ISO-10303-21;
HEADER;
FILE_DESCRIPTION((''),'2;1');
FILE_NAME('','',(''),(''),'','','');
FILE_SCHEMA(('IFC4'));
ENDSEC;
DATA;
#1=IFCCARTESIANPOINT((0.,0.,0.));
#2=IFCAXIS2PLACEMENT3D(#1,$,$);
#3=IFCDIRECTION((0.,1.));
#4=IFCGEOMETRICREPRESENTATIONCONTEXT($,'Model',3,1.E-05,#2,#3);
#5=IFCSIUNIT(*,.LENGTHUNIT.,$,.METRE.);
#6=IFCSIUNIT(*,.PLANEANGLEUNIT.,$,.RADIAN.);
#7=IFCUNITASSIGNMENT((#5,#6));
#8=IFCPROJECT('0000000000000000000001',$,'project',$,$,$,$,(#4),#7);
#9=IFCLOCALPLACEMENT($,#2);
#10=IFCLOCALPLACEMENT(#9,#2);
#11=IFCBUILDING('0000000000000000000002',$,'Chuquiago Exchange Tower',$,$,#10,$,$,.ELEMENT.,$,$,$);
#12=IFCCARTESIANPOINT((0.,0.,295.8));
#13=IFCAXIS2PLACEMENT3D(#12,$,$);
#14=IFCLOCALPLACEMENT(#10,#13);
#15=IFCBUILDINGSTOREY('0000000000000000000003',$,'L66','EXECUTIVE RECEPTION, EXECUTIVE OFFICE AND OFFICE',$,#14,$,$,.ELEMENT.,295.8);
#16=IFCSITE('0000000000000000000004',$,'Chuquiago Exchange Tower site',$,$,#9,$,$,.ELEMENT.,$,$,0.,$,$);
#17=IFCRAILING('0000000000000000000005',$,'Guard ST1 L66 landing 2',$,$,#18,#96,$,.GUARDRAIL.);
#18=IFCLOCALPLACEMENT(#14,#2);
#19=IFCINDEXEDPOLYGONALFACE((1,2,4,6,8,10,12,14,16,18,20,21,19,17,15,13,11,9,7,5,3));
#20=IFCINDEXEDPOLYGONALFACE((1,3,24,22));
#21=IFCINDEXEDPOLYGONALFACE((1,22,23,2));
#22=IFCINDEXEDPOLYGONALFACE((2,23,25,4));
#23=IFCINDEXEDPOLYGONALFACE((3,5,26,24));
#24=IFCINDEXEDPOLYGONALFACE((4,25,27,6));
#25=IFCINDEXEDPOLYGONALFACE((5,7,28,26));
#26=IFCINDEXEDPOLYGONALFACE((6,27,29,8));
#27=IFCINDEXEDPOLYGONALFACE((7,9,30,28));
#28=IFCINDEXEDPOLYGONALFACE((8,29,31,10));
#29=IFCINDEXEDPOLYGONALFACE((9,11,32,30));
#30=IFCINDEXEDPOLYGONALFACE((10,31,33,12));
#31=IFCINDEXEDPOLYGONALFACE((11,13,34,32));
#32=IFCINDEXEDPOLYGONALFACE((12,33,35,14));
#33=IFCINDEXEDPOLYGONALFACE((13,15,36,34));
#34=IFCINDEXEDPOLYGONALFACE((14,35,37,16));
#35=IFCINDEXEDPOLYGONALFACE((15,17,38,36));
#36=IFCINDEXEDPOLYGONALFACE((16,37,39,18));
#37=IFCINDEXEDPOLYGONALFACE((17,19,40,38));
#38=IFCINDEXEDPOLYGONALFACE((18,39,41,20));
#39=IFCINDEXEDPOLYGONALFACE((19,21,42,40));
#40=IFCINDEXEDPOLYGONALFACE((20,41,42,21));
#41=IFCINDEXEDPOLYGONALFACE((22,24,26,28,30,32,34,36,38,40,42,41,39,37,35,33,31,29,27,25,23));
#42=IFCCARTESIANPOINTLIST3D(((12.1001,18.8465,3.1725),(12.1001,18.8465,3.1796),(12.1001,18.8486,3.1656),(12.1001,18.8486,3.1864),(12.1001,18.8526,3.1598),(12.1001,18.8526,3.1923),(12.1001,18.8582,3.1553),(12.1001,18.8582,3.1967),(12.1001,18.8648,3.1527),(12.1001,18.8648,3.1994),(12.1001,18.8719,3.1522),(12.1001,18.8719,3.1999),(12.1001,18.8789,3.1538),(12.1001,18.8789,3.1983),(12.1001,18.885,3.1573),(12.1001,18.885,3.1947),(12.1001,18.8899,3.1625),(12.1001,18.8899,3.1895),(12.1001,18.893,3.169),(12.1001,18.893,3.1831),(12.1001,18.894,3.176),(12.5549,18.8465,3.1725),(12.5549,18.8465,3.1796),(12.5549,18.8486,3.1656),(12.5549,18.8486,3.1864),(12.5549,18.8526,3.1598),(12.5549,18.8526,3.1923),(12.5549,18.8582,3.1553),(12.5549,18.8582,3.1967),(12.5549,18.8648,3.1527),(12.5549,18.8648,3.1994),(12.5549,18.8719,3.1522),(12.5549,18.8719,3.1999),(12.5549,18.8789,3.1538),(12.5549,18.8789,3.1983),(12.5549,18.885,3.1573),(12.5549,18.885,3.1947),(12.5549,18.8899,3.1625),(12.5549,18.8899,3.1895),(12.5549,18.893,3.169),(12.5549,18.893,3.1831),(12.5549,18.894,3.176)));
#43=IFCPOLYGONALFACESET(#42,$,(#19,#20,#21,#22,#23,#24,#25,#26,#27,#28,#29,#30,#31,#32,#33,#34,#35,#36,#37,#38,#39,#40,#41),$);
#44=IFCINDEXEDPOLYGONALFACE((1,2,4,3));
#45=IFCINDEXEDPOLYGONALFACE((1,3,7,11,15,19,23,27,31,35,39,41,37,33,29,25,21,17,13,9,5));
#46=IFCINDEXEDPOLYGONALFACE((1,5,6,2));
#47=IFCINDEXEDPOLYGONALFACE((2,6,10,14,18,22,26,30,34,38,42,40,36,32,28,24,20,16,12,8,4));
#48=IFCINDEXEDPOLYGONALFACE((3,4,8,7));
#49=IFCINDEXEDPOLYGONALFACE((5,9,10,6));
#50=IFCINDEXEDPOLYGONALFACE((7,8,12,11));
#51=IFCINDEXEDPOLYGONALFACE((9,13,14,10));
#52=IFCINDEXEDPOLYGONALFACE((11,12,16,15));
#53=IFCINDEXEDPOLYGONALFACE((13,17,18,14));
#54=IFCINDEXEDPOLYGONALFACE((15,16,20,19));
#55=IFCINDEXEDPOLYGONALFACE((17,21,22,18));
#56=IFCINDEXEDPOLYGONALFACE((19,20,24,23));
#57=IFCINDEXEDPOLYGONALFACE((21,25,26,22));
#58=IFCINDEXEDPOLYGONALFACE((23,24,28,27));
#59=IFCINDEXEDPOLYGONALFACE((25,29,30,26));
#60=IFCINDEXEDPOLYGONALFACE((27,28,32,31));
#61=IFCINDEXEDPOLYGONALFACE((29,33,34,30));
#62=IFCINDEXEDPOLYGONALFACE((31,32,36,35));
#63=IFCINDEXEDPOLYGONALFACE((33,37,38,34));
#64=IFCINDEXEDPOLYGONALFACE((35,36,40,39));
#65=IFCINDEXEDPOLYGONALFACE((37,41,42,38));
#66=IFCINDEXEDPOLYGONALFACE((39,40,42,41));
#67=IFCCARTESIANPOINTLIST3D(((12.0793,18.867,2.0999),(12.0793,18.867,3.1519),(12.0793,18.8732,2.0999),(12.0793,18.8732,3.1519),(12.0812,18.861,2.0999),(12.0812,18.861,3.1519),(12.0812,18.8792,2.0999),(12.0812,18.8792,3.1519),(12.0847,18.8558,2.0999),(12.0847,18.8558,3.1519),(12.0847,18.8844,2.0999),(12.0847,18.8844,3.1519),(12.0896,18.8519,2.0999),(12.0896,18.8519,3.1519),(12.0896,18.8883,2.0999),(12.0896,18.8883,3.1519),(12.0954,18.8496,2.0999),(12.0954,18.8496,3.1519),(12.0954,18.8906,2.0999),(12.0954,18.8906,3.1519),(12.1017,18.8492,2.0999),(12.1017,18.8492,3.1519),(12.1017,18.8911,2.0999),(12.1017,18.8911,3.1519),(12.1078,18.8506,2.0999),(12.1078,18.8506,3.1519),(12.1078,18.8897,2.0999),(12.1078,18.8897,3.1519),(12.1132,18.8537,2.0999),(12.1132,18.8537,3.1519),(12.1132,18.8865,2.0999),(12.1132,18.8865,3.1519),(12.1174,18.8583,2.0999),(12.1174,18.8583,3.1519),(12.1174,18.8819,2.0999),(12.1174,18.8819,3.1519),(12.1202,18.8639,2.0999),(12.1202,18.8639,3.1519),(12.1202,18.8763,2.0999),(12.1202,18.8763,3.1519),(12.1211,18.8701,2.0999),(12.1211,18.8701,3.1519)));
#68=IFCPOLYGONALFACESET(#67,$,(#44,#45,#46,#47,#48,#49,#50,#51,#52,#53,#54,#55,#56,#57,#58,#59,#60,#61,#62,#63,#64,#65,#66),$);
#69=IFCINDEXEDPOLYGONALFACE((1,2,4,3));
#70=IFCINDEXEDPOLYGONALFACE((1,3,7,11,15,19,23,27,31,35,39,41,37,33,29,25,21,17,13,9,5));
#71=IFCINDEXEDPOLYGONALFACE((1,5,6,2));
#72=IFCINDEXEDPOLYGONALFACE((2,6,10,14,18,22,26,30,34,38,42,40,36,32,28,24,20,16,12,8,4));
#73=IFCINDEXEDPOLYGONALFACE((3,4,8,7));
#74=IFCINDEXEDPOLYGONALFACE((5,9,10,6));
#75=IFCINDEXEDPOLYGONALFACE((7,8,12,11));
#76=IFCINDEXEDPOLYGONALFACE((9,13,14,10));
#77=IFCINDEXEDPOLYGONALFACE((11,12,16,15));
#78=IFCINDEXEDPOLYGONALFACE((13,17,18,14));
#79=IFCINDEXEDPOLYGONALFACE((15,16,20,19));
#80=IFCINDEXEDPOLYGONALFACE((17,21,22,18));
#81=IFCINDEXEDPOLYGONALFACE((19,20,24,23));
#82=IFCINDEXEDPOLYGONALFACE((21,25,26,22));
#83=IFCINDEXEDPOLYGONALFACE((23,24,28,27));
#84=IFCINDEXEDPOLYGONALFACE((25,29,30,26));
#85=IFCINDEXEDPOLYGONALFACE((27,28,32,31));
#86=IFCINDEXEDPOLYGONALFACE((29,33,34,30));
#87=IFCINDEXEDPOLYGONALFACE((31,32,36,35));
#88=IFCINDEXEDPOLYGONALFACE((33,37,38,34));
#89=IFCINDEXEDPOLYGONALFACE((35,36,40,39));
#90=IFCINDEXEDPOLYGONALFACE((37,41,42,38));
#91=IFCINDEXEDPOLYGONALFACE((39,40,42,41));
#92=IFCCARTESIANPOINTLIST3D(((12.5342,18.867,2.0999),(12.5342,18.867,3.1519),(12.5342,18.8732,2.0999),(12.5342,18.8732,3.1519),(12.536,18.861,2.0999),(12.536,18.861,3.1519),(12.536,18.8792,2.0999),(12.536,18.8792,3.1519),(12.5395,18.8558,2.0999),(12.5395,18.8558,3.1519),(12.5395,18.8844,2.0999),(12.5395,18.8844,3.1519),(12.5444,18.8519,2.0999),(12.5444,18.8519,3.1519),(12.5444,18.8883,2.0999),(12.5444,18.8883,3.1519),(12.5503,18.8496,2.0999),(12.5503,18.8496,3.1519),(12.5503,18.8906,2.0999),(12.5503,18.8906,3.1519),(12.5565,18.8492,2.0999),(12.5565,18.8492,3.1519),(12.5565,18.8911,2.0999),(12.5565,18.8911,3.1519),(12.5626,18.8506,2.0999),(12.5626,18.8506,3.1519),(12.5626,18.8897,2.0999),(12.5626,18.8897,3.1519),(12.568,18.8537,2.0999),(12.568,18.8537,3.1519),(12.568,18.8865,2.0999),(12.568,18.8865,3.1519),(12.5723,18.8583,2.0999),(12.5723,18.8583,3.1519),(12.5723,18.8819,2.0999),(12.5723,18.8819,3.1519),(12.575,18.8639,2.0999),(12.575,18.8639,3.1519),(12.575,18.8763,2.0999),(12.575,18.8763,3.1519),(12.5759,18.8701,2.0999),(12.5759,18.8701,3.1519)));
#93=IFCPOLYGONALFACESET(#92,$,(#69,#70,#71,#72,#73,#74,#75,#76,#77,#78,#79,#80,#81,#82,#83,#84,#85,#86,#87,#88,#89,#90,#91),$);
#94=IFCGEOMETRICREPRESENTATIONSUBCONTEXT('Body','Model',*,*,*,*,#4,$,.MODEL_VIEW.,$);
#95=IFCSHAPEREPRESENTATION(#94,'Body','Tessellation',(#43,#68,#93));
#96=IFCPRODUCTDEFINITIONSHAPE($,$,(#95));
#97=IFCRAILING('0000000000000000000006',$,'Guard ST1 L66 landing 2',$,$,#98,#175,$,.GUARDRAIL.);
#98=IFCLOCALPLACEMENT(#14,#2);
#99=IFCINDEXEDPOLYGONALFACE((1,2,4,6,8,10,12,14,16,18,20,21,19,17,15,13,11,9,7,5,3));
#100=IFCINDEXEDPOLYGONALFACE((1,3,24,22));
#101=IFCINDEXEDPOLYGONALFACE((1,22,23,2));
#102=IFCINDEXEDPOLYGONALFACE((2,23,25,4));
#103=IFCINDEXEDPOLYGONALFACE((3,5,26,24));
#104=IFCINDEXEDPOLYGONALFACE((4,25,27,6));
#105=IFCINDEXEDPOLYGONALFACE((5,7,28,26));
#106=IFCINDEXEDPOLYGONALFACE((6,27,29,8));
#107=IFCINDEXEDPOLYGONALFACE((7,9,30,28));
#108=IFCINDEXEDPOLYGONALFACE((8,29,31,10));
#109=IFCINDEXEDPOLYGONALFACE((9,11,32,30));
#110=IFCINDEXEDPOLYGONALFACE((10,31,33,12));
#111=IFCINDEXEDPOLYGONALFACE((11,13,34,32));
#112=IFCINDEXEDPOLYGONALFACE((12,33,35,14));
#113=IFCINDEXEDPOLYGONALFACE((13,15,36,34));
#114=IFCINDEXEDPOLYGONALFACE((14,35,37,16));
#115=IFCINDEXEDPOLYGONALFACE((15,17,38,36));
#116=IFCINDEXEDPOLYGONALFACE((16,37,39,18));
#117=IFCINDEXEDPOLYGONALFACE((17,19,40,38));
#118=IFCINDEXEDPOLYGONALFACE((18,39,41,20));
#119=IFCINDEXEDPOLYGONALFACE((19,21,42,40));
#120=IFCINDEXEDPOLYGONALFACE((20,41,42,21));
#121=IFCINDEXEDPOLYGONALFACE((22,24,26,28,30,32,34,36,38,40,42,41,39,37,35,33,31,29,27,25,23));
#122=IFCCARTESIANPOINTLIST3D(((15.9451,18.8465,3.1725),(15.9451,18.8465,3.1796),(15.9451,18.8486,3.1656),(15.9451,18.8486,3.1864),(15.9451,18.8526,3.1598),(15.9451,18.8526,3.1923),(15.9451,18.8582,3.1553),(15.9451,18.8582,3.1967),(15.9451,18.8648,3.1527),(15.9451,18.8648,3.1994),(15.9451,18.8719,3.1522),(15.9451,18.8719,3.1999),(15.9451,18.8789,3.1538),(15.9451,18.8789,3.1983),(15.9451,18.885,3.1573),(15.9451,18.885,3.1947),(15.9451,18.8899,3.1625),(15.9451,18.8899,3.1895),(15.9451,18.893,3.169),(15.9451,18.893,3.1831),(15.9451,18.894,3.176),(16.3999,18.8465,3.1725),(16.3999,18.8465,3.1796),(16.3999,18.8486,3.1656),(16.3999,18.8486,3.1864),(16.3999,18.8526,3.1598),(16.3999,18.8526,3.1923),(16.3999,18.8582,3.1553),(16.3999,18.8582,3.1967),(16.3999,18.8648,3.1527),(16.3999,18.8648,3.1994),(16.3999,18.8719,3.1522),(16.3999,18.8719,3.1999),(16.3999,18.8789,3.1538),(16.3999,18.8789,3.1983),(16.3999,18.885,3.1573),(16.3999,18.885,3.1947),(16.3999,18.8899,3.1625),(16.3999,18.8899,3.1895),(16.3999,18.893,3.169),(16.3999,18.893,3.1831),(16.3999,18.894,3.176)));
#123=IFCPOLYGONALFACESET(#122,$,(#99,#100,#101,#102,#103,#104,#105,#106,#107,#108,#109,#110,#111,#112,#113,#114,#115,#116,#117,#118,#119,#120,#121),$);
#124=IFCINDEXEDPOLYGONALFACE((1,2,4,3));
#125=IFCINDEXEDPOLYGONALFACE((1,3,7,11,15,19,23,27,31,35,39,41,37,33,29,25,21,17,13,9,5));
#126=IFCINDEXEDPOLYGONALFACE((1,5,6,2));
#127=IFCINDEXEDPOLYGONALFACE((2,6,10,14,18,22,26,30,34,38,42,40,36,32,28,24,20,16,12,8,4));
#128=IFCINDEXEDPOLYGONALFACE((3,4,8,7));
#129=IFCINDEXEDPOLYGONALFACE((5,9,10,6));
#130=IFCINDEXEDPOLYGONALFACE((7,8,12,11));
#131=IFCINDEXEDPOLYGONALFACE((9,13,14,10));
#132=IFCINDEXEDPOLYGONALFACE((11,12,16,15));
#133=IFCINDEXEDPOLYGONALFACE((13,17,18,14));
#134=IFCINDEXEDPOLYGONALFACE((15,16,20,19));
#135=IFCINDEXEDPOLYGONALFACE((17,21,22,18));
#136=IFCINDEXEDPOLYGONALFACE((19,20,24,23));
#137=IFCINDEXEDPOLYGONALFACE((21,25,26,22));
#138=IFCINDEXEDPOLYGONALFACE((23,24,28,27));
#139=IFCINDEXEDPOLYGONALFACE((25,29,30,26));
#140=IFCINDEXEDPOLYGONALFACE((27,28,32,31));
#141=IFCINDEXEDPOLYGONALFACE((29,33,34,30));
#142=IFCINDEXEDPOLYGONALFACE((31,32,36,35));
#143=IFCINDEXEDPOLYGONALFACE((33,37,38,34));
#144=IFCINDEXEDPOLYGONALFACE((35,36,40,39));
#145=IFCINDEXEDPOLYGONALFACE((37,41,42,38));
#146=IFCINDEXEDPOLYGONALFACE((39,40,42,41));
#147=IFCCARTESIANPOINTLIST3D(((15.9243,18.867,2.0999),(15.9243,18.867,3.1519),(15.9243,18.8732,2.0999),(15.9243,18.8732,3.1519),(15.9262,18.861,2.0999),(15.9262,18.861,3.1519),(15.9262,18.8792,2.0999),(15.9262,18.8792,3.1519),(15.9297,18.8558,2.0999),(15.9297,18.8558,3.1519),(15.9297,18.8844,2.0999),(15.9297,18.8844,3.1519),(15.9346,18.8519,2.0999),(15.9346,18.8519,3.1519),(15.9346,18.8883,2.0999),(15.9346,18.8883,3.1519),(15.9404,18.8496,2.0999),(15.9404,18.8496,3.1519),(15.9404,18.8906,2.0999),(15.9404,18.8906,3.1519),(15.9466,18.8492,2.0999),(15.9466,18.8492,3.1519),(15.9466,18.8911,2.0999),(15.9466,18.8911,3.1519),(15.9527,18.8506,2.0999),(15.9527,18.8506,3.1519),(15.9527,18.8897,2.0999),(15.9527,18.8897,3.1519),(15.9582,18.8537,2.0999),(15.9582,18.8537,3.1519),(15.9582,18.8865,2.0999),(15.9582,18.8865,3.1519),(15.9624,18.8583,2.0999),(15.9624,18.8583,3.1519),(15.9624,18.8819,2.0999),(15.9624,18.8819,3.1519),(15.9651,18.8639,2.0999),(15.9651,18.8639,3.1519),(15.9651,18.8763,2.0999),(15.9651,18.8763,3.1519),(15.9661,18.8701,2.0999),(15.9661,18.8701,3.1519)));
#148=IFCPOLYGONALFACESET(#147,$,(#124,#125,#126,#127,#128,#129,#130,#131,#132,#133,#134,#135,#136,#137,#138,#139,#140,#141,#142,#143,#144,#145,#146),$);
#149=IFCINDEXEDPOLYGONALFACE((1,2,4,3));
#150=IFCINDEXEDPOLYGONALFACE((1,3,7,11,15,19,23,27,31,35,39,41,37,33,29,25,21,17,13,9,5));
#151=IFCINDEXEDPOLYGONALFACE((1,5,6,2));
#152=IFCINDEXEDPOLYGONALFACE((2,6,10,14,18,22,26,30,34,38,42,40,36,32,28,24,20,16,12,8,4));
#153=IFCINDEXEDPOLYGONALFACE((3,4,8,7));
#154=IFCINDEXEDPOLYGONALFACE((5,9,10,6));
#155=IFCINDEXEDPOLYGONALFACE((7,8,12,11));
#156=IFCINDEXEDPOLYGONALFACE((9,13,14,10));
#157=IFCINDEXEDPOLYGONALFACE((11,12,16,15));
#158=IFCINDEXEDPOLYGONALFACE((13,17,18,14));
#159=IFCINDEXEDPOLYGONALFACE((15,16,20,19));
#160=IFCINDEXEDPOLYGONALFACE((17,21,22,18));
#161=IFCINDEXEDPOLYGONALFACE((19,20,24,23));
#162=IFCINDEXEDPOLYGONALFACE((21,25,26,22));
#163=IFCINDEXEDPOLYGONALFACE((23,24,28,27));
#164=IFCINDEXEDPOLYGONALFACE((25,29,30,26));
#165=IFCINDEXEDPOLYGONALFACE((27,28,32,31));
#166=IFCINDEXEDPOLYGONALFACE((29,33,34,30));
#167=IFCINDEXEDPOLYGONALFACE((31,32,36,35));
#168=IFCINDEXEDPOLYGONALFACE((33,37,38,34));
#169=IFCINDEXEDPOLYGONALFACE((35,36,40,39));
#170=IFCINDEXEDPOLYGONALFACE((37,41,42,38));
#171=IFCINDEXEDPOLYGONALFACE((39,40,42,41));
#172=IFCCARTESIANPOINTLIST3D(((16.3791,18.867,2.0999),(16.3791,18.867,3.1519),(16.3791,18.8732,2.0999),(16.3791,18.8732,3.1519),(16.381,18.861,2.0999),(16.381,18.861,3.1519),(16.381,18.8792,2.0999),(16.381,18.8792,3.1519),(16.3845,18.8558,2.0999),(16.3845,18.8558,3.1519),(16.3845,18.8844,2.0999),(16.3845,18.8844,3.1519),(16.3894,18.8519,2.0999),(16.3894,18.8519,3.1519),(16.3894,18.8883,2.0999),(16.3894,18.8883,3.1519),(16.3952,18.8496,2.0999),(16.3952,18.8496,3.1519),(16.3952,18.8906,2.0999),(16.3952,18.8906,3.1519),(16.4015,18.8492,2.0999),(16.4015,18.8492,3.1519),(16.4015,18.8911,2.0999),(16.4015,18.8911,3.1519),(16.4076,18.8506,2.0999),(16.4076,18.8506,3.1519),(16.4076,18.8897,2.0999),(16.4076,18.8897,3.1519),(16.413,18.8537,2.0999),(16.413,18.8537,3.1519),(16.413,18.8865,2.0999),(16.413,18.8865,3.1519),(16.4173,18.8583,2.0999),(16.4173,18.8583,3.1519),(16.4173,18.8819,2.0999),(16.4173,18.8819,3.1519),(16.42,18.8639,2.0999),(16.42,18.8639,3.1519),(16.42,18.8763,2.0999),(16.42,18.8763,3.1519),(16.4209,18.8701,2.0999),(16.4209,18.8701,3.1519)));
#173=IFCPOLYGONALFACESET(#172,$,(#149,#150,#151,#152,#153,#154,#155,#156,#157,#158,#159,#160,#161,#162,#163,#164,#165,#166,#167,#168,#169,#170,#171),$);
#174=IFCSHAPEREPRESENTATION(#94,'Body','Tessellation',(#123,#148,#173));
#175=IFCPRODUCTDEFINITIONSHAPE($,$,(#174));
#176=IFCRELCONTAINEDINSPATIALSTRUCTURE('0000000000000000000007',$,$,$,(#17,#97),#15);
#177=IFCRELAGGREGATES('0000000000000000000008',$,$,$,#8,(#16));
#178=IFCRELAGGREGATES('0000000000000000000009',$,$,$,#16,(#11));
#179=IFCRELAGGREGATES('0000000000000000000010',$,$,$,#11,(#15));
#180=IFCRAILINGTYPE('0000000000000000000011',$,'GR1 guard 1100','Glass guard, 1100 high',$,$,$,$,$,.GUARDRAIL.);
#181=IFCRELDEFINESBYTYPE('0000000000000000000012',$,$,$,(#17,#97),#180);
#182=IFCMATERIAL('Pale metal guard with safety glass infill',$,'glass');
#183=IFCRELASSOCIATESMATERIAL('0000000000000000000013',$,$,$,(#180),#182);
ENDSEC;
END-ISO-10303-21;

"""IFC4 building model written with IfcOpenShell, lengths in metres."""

from ifc_helpers import new_model, si_unit, direction, frame, origin, origin_2d, place, context, subcontext, project, spatial, circle, extrude, material, type_object, element, save


model = new_model("IFC4")

# Units and contexts
model_context = context("Model", 3, precision=1e-05, world=origin(), true_north=direction((0.0, 1.0)))
body_context = subcontext(model_context, "Body", "Model", "MODEL_VIEW")
ifc_project = project(units=[si_unit("LENGTHUNIT", "METRE"), si_unit("PLANEANGLEUNIT", "RADIAN")], contexts=[model_context])

# Site, building, storey
site_placement = place(None, origin())
site = spatial("IfcSite", under=ifc_project, at=site_placement, Name="Chuquiago Exchange Tower site", CompositionType="ELEMENT", RefElevation=0.0)
building_placement = place(site_placement, origin())
building = spatial("IfcBuilding", under=site, at=building_placement, Name="Chuquiago Exchange Tower", CompositionType="ELEMENT")
storey_placement = place(building_placement, frame((0.0, 0.0, 295.8)))
storey = spatial("IfcBuildingStorey", under=building, at=storey_placement, Name="L66", Description="EXECUTIVE RECEPTION, EXECUTIVE OFFICE AND OFFICE", CompositionType="ELEMENT", Elevation=295.8)

# Railings
ifc_material_1 = material(Name="Pale metal guard with safety glass infill", Category="glass")
railing_type_1 = type_object("IfcRailingType", Name="GR1 guard 1100", Description="Glass guard, 1100 high", PredefinedType="GUARDRAIL", material=ifc_material_1)
for number, where, name in (
    (1, (12.1001, 18.8701, 2.0999), "Guard ST1 L66 landing 2"),
    (2, (15.9451, 18.8701, 2.0999), "Guard ST1 L66 landing 2"),
):
    element("IfcRailing", number, at=place(storey_placement, frame(where)), inside=storey, type_object=railing_type_1, Name=name, PredefinedType="GUARDRAIL", context=body_context, shape_type="SweptSolid", body=[
        extrude(circle(Radius=0.0239, at=origin_2d()), frame((0.0, 0.0, 1.0762), z_axis=(1.0, 0.0, 0.0), x_axis=(0.0, 1.0, 0.0)), (0.0, 0.0, 1.0), 0.4548),
        extrude(circle(Radius=0.021, at=origin_2d()), origin(), (0.0, 0.0, 1.0), 1.052),
        extrude(circle(Radius=0.021, at=origin_2d()), frame((0.4548, 0.0, 0.0)), (0.0, 0.0, 1.0), 1.052),
    ])

save(model, "model.ifc")
